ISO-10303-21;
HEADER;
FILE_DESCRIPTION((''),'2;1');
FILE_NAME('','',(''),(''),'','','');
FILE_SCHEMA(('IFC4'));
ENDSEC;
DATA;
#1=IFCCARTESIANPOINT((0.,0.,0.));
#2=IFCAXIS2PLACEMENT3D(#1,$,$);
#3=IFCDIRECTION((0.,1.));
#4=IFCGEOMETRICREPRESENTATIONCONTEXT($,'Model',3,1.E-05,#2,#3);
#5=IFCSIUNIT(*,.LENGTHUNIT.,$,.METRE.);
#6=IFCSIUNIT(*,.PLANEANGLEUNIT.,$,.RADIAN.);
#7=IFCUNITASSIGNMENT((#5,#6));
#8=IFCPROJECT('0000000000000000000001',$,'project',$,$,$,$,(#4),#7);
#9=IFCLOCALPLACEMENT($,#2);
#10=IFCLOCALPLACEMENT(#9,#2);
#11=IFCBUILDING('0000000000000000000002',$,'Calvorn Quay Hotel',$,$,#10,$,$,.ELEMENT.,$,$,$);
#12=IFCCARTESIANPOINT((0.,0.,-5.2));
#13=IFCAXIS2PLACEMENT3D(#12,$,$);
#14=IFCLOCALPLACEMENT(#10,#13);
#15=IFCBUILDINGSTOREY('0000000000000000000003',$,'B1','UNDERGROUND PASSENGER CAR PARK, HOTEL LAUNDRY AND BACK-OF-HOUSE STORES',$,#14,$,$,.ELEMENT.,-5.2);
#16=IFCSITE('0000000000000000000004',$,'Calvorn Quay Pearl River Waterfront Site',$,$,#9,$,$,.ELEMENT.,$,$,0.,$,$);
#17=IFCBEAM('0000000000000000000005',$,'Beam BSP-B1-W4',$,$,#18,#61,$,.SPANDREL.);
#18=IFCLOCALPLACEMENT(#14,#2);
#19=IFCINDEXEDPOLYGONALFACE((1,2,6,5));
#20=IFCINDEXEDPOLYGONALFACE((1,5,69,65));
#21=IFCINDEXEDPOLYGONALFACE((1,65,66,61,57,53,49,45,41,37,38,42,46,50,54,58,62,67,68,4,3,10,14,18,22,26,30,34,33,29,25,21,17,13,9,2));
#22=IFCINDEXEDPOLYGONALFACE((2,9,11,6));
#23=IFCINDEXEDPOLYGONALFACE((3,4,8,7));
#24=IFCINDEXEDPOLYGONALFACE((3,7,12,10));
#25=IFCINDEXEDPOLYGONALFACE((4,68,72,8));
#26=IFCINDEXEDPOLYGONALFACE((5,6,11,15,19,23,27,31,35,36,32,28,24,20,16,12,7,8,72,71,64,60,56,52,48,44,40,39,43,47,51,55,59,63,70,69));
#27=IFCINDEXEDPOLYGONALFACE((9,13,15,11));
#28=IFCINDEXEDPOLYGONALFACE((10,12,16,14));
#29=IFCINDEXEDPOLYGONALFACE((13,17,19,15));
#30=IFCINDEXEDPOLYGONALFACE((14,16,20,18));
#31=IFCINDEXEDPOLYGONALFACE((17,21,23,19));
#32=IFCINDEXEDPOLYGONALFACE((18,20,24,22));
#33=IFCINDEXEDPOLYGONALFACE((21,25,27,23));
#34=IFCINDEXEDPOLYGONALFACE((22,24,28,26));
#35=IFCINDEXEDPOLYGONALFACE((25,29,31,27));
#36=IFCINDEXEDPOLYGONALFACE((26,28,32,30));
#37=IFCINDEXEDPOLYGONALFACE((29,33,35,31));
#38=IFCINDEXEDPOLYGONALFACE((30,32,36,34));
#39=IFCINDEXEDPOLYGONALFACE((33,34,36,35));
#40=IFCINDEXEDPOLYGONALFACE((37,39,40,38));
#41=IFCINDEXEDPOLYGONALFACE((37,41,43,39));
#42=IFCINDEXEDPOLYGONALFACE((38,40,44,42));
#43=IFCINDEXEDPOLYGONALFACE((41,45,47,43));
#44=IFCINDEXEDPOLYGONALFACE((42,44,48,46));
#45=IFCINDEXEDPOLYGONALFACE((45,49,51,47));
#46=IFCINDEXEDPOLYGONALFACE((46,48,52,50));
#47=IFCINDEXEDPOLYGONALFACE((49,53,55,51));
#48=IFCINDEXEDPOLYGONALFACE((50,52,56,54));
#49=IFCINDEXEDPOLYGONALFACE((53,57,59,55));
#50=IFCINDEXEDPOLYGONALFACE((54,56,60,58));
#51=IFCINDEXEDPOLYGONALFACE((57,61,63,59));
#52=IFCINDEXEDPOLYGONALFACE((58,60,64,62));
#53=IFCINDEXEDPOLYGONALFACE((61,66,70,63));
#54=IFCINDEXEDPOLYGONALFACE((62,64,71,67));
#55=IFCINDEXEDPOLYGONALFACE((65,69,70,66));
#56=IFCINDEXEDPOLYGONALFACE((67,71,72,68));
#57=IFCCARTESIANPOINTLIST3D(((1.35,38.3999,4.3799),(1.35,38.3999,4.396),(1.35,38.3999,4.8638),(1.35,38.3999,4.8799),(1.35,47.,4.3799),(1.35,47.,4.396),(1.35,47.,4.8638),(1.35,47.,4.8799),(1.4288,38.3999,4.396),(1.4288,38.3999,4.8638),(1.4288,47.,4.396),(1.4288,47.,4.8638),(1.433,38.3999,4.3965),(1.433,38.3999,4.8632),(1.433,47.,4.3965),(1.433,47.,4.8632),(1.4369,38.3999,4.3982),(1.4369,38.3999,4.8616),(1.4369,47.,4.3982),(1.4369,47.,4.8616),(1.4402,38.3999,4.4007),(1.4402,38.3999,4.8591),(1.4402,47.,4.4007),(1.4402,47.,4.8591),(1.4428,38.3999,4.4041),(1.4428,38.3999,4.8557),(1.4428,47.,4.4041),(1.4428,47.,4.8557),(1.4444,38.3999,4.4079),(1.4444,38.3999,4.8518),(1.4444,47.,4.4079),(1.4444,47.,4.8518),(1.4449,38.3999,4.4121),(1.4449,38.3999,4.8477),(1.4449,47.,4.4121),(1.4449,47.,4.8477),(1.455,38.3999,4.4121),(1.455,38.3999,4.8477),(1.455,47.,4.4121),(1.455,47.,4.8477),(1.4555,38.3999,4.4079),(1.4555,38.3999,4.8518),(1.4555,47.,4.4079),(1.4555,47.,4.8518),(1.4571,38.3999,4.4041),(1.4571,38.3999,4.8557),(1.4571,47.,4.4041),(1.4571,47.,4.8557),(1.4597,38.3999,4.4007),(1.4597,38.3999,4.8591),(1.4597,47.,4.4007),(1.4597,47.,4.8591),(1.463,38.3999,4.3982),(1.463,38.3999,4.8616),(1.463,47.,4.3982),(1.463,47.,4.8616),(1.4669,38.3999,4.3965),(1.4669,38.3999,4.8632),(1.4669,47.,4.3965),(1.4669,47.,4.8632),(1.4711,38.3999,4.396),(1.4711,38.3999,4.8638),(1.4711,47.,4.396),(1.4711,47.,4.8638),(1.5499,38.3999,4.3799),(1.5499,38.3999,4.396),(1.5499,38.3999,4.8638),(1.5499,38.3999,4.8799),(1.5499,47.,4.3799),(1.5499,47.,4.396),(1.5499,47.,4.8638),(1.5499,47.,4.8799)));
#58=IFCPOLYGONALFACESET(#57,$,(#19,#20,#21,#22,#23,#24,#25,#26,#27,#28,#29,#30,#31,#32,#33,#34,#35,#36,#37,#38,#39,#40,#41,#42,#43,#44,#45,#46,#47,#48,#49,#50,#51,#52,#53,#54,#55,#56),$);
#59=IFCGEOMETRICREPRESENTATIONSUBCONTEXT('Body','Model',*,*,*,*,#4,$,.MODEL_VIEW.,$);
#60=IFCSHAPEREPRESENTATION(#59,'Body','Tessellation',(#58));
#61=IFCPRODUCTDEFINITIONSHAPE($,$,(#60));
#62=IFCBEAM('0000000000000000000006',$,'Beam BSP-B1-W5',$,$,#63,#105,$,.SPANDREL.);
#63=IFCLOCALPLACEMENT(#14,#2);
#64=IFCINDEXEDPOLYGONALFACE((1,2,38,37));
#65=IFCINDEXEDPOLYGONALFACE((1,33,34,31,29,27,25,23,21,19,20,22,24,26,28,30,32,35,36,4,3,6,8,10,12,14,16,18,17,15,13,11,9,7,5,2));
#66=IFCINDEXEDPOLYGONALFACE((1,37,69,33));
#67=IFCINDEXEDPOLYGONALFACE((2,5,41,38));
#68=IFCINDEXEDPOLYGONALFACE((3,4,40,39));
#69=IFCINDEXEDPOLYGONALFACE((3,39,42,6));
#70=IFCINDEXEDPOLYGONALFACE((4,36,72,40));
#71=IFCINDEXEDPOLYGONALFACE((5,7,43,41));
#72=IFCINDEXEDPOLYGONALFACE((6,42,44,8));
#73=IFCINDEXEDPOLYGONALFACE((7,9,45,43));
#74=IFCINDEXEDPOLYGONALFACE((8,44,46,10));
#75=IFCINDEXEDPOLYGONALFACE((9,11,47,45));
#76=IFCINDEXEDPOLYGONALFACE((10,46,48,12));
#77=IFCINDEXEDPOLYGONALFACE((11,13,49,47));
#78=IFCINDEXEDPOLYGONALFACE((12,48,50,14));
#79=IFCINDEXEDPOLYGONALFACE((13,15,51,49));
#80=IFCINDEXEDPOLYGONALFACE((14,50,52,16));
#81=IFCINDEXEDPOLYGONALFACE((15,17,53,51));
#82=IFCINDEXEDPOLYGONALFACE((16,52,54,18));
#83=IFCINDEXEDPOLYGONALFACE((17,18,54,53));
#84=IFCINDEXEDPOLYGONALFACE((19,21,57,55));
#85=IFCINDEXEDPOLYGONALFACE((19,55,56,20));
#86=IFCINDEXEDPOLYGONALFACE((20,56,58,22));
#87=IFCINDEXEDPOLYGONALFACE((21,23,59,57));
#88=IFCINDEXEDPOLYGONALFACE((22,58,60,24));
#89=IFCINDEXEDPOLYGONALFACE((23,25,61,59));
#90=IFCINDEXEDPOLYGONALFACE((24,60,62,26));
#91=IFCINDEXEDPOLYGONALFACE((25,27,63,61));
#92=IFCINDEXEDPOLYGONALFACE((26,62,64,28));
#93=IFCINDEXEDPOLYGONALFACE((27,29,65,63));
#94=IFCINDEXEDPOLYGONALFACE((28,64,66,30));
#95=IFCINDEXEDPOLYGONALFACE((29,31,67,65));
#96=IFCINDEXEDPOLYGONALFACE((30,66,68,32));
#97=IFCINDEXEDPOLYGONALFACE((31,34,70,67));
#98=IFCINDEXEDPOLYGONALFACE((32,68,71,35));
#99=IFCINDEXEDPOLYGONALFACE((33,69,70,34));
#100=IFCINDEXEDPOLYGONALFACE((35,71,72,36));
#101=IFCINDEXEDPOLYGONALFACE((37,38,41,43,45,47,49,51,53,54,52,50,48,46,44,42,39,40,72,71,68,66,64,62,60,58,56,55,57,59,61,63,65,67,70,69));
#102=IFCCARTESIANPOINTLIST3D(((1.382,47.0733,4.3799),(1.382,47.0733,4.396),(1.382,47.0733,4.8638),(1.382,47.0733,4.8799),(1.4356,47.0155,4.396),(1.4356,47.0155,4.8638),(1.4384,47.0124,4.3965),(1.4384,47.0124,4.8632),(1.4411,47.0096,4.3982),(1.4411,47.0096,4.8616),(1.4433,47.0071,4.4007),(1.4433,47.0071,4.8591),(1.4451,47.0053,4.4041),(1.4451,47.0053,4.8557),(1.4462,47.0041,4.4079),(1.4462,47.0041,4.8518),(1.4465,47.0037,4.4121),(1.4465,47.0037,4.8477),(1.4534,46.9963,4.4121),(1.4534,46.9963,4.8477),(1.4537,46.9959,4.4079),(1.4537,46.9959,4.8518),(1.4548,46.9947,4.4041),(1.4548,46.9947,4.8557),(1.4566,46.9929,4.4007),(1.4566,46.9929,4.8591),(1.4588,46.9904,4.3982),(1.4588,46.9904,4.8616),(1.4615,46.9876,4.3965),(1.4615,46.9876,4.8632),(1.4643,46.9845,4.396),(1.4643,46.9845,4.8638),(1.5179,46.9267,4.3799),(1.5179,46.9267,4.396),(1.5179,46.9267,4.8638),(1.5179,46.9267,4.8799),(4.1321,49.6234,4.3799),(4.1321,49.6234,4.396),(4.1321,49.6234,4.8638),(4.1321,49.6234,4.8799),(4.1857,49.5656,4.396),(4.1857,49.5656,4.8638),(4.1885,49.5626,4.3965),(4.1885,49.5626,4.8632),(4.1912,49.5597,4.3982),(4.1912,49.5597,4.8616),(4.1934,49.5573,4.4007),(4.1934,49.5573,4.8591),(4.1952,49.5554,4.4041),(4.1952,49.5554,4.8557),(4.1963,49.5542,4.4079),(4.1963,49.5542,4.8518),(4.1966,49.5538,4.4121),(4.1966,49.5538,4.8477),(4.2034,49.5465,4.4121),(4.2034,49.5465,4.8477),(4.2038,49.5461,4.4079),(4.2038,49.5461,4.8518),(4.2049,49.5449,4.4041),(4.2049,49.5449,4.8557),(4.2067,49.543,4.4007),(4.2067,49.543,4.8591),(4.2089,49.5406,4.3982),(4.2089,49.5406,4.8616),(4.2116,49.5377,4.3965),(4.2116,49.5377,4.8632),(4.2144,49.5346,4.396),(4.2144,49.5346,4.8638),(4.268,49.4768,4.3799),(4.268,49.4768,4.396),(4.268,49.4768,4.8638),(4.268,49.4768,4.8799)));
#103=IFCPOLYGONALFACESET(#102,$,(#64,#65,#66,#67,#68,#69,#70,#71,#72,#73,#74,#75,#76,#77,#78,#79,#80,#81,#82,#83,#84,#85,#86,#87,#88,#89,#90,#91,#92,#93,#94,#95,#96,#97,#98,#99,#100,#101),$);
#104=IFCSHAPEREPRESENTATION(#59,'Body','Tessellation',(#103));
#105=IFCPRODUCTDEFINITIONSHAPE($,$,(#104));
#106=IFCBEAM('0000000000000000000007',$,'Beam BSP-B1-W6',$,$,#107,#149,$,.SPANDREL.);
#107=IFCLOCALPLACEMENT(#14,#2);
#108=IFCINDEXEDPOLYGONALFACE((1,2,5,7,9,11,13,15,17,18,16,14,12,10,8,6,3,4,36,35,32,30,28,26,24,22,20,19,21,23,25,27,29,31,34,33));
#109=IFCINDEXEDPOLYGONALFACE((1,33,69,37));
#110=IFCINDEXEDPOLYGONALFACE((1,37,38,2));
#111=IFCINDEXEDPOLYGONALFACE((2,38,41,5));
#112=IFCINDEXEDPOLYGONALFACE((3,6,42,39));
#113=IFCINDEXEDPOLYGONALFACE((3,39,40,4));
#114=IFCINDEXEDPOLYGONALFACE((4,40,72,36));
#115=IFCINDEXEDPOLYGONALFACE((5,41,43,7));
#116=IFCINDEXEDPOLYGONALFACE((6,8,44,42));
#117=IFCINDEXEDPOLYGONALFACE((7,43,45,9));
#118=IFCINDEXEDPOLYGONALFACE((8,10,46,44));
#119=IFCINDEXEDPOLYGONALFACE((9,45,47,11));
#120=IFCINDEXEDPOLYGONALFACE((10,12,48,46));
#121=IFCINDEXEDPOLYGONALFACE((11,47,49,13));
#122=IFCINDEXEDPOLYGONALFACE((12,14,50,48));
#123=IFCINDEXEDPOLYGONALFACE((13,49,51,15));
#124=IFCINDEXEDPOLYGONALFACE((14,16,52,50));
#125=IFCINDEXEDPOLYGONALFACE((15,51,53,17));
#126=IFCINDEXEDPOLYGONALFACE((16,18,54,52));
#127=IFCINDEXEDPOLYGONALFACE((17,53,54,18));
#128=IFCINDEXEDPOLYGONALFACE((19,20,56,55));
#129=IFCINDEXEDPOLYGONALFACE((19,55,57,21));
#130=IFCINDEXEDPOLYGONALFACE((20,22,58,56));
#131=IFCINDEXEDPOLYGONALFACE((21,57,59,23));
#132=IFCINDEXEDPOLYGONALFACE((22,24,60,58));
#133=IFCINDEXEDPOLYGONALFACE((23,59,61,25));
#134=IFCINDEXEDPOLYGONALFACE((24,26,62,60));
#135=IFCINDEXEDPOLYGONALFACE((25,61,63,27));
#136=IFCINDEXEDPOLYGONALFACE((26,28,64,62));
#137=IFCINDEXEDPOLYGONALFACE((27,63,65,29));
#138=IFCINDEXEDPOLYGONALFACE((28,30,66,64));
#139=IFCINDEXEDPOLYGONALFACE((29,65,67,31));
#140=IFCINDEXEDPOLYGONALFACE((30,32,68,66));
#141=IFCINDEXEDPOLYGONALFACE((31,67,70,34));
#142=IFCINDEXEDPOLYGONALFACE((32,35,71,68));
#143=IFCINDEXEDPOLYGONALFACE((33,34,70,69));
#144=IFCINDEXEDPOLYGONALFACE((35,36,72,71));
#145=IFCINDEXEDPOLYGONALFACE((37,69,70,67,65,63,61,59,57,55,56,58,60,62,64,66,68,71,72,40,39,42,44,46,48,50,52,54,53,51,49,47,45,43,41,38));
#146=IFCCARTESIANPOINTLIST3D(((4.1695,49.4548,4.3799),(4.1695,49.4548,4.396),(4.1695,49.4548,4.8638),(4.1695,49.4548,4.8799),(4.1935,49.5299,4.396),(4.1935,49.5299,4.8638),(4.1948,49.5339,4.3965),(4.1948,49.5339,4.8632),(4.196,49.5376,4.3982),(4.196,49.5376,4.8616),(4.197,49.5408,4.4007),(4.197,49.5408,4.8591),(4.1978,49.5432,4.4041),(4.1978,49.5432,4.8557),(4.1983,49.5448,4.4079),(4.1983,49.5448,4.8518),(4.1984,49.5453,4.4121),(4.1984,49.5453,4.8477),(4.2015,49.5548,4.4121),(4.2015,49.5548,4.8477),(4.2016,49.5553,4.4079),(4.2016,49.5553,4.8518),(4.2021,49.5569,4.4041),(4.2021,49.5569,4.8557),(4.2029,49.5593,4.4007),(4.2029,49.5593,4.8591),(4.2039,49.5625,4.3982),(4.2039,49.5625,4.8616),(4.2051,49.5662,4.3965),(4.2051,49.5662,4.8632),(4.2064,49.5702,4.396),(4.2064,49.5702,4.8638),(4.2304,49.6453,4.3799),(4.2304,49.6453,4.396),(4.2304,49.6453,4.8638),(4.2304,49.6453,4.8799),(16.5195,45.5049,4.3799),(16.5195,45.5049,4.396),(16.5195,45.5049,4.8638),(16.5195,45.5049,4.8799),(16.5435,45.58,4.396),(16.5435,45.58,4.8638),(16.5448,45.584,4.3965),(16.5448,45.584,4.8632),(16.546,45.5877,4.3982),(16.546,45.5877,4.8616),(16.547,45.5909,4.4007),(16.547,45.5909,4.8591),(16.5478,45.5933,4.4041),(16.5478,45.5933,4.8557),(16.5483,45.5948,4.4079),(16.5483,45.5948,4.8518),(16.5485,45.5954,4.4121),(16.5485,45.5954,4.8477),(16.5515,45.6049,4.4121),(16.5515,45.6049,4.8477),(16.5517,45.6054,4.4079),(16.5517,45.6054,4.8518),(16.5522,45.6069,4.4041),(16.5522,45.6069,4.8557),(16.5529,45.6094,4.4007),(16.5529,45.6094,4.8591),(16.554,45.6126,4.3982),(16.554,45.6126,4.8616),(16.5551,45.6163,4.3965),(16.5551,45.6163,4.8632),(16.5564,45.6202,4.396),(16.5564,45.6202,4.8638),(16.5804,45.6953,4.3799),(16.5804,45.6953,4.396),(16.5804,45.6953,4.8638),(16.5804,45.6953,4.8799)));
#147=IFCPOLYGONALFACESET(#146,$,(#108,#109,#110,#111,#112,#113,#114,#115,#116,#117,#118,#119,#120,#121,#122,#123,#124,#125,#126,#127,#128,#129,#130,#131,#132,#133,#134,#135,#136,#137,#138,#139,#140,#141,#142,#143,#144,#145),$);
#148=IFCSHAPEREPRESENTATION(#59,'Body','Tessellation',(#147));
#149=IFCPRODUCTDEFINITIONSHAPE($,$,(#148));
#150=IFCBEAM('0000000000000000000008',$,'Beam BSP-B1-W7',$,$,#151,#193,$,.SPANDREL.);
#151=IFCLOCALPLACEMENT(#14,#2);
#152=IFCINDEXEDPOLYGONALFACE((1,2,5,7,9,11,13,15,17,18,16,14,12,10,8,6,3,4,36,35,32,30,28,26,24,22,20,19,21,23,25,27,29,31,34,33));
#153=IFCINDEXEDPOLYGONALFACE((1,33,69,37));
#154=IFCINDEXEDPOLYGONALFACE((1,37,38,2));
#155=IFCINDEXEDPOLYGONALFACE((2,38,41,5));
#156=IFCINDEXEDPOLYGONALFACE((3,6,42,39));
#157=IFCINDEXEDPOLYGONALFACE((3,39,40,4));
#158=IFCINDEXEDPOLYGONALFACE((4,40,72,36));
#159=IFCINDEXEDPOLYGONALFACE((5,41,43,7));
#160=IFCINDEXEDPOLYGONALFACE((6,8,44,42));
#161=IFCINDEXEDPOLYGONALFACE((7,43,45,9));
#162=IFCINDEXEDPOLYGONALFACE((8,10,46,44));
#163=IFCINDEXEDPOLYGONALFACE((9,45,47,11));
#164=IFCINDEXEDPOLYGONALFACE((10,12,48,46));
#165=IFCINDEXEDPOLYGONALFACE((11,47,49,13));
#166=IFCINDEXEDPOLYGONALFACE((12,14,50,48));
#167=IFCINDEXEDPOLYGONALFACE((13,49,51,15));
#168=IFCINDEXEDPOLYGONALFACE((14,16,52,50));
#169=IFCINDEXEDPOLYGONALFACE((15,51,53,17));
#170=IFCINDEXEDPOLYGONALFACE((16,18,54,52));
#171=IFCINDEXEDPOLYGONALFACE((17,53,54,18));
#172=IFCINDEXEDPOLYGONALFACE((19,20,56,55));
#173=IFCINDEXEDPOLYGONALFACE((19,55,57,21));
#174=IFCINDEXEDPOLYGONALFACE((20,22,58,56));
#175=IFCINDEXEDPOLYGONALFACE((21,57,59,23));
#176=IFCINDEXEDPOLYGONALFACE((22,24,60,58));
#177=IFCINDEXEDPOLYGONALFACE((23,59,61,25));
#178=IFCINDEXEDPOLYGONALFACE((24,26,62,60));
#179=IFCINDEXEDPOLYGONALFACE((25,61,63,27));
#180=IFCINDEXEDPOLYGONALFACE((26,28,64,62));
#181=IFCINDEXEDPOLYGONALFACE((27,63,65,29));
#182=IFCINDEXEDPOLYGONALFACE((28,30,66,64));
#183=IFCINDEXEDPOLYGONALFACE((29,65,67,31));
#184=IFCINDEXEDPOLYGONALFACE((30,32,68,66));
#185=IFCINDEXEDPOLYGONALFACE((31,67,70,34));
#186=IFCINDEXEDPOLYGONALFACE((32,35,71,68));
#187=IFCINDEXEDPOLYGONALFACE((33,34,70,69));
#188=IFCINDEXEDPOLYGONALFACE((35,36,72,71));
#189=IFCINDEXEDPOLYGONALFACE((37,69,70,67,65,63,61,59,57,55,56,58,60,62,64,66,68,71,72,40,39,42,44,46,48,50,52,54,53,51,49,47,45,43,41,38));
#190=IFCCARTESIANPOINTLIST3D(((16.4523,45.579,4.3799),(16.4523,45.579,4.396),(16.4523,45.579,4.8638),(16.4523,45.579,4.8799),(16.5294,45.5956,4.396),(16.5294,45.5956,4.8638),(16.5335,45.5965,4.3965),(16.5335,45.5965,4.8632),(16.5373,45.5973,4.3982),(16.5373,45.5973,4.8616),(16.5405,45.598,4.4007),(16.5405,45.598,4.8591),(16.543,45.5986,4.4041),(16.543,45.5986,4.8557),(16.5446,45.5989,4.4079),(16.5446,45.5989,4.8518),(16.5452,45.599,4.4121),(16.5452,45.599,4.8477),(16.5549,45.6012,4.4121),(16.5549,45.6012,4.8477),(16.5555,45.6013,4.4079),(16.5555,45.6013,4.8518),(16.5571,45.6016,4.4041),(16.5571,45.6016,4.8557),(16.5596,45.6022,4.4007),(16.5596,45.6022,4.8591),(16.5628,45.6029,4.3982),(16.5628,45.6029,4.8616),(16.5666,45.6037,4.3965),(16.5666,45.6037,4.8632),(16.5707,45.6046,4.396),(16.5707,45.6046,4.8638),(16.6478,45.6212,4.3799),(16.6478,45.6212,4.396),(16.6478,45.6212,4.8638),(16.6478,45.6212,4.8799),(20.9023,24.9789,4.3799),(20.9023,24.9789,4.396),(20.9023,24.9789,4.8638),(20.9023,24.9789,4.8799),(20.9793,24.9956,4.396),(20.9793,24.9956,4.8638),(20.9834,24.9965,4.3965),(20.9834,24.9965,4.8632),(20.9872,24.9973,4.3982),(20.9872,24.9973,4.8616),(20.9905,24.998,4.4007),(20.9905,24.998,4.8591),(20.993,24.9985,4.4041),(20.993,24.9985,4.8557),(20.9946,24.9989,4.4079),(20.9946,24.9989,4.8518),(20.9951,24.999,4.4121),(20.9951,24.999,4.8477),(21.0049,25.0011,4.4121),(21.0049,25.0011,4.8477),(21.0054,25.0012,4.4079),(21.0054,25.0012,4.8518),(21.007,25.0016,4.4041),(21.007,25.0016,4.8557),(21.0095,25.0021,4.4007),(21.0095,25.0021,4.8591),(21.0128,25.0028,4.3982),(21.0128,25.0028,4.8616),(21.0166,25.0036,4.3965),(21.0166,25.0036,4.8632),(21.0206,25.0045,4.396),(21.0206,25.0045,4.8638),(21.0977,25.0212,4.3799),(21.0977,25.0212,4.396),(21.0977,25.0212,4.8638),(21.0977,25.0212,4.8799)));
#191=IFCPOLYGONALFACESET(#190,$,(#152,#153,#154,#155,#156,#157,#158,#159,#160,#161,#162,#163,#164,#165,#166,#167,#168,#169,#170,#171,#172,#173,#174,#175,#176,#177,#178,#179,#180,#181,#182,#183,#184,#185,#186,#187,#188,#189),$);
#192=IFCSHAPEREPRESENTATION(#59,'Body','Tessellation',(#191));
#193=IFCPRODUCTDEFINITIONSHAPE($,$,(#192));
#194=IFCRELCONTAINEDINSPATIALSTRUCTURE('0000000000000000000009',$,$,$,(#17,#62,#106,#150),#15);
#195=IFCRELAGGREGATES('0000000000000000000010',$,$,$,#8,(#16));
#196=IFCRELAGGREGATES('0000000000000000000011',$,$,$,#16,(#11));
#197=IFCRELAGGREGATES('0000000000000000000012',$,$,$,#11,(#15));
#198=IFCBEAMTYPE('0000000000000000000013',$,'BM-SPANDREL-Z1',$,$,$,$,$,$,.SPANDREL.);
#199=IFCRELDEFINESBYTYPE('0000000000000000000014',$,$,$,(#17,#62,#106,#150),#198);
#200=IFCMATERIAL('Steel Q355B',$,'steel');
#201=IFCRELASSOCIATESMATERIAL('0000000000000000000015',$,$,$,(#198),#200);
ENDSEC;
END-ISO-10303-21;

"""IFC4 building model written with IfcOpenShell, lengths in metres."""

from ifc_helpers import new_model, si_unit, direction, frame, origin, origin_2d, place, context, subcontext, project, spatial, i_section, extrude, material, material_profile, profile_set, type_object, element, save


model = new_model("IFC4")

# Units and contexts
model_context = context("Model", 3, precision=1e-05, world=origin(), true_north=direction((0.0, 1.0)))
body_context = subcontext(model_context, "Body", "Model", "MODEL_VIEW")
ifc_project = project(units=[si_unit("LENGTHUNIT", "METRE"), si_unit("PLANEANGLEUNIT", "RADIAN")], contexts=[model_context])

# Site, building, storey
site_placement = place(None, origin())
site = spatial("IfcSite", under=ifc_project, at=site_placement, Name="Calvorn Quay Pearl River Waterfront Site", CompositionType="ELEMENT", RefElevation=0.0)
building_placement = place(site_placement, origin())
building = spatial("IfcBuilding", under=site, at=building_placement, Name="Calvorn Quay Hotel", CompositionType="ELEMENT")
storey_placement = place(building_placement, frame((0.0, 0.0, -5.2)))
storey = spatial("IfcBuildingStorey", under=building, at=storey_placement, Name="B1", Description="UNDERGROUND PASSENGER CAR PARK, HOTEL LAUNDRY AND BACK-OF-HOUSE STORES", CompositionType="ELEMENT", Elevation=-5.2)

# Beams
ifc_material_1 = material(Name="Steel Q355B", Category="steel")
ifc_material_profile_1 = material_profile(ifc_material_1, i_section(OverallWidth=0.2, OverallDepth=0.5, WebThickness=0.01, FlangeThickness=0.0161, FilletRadius=0.0161, at=origin_2d()), Name="HN500x200x10x16")
ifc_profile_set_1 = profile_set([ifc_material_profile_1], Name="Steel Q355B")
beam_type_1 = type_object("IfcBeamType", Name="BM-SPANDREL-Z1", PredefinedType="SPANDREL", material=ifc_profile_set_1)
beam_1_placement = place(storey_placement, frame((1.45, 38.3999, 4.6299), z_axis=(0.0, 1.0, 0.0), x_axis=(-1.0, 0.0, 0.0)))
element("IfcBeam", 1, at=beam_1_placement, inside=storey, type_object=beam_type_1, Name="Beam BSP-B1-W4", PredefinedType="SPANDREL", context=body_context, shape_type="SweptSolid", body=[
    extrude(i_section(OverallWidth=0.2, OverallDepth=0.5, WebThickness=0.01, FlangeThickness=0.0161, FilletRadius=0.0161, at=origin_2d()), origin(), (0.0, 0.0, 1.0), 8.6001),
])
beam_2_placement = place(storey_placement, frame((1.45, 47.0, 4.6299), z_axis=(0.733262, 0.679947, 0.0), x_axis=(-0.679947, 0.733262, 0.0)))
element("IfcBeam", 2, at=beam_2_placement, inside=storey, type_object=beam_type_1, Name="Beam BSP-B1-W5", PredefinedType="SPANDREL", context=body_context, shape_type="SweptSolid", body=[
    extrude(i_section(OverallWidth=0.2, OverallDepth=0.5, WebThickness=0.01, FlangeThickness=0.0161, FilletRadius=0.0161, at=origin_2d()), origin(), (0.0, 0.0, 1.0), 3.7505),
])
beam_3_placement = place(storey_placement, frame((4.2, 49.55, 4.6299), z_axis=(0.952471, -0.30463, 0.0), x_axis=(0.30463, 0.952471, 0.0)))
element("IfcBeam", 3, at=beam_3_placement, inside=storey, type_object=beam_type_1, Name="Beam BSP-B1-W6", PredefinedType="SPANDREL", context=body_context, shape_type="SweptSolid", body=[
    extrude(i_section(OverallWidth=0.2, OverallDepth=0.5, WebThickness=0.01, FlangeThickness=0.0161, FilletRadius=0.0161, at=origin_2d()), origin(), (0.0, 0.0, 1.0), 12.9663),
])
beam_4_placement = place(storey_placement, frame((16.55, 45.6001, 4.6299), z_axis=(0.211146, -0.977455, 0.0), x_axis=(0.977455, 0.211146, 0.0)))
element("IfcBeam", 4, at=beam_4_placement, inside=storey, type_object=beam_type_1, Name="Beam BSP-B1-W7", PredefinedType="SPANDREL", context=body_context, shape_type="SweptSolid", body=[
    extrude(i_section(OverallWidth=0.2, OverallDepth=0.5, WebThickness=0.01, FlangeThickness=0.0161, FilletRadius=0.0161, at=origin_2d()), origin(), (0.0, 0.0, 1.0), 21.0752),
])

save(model, "model.ifc")
